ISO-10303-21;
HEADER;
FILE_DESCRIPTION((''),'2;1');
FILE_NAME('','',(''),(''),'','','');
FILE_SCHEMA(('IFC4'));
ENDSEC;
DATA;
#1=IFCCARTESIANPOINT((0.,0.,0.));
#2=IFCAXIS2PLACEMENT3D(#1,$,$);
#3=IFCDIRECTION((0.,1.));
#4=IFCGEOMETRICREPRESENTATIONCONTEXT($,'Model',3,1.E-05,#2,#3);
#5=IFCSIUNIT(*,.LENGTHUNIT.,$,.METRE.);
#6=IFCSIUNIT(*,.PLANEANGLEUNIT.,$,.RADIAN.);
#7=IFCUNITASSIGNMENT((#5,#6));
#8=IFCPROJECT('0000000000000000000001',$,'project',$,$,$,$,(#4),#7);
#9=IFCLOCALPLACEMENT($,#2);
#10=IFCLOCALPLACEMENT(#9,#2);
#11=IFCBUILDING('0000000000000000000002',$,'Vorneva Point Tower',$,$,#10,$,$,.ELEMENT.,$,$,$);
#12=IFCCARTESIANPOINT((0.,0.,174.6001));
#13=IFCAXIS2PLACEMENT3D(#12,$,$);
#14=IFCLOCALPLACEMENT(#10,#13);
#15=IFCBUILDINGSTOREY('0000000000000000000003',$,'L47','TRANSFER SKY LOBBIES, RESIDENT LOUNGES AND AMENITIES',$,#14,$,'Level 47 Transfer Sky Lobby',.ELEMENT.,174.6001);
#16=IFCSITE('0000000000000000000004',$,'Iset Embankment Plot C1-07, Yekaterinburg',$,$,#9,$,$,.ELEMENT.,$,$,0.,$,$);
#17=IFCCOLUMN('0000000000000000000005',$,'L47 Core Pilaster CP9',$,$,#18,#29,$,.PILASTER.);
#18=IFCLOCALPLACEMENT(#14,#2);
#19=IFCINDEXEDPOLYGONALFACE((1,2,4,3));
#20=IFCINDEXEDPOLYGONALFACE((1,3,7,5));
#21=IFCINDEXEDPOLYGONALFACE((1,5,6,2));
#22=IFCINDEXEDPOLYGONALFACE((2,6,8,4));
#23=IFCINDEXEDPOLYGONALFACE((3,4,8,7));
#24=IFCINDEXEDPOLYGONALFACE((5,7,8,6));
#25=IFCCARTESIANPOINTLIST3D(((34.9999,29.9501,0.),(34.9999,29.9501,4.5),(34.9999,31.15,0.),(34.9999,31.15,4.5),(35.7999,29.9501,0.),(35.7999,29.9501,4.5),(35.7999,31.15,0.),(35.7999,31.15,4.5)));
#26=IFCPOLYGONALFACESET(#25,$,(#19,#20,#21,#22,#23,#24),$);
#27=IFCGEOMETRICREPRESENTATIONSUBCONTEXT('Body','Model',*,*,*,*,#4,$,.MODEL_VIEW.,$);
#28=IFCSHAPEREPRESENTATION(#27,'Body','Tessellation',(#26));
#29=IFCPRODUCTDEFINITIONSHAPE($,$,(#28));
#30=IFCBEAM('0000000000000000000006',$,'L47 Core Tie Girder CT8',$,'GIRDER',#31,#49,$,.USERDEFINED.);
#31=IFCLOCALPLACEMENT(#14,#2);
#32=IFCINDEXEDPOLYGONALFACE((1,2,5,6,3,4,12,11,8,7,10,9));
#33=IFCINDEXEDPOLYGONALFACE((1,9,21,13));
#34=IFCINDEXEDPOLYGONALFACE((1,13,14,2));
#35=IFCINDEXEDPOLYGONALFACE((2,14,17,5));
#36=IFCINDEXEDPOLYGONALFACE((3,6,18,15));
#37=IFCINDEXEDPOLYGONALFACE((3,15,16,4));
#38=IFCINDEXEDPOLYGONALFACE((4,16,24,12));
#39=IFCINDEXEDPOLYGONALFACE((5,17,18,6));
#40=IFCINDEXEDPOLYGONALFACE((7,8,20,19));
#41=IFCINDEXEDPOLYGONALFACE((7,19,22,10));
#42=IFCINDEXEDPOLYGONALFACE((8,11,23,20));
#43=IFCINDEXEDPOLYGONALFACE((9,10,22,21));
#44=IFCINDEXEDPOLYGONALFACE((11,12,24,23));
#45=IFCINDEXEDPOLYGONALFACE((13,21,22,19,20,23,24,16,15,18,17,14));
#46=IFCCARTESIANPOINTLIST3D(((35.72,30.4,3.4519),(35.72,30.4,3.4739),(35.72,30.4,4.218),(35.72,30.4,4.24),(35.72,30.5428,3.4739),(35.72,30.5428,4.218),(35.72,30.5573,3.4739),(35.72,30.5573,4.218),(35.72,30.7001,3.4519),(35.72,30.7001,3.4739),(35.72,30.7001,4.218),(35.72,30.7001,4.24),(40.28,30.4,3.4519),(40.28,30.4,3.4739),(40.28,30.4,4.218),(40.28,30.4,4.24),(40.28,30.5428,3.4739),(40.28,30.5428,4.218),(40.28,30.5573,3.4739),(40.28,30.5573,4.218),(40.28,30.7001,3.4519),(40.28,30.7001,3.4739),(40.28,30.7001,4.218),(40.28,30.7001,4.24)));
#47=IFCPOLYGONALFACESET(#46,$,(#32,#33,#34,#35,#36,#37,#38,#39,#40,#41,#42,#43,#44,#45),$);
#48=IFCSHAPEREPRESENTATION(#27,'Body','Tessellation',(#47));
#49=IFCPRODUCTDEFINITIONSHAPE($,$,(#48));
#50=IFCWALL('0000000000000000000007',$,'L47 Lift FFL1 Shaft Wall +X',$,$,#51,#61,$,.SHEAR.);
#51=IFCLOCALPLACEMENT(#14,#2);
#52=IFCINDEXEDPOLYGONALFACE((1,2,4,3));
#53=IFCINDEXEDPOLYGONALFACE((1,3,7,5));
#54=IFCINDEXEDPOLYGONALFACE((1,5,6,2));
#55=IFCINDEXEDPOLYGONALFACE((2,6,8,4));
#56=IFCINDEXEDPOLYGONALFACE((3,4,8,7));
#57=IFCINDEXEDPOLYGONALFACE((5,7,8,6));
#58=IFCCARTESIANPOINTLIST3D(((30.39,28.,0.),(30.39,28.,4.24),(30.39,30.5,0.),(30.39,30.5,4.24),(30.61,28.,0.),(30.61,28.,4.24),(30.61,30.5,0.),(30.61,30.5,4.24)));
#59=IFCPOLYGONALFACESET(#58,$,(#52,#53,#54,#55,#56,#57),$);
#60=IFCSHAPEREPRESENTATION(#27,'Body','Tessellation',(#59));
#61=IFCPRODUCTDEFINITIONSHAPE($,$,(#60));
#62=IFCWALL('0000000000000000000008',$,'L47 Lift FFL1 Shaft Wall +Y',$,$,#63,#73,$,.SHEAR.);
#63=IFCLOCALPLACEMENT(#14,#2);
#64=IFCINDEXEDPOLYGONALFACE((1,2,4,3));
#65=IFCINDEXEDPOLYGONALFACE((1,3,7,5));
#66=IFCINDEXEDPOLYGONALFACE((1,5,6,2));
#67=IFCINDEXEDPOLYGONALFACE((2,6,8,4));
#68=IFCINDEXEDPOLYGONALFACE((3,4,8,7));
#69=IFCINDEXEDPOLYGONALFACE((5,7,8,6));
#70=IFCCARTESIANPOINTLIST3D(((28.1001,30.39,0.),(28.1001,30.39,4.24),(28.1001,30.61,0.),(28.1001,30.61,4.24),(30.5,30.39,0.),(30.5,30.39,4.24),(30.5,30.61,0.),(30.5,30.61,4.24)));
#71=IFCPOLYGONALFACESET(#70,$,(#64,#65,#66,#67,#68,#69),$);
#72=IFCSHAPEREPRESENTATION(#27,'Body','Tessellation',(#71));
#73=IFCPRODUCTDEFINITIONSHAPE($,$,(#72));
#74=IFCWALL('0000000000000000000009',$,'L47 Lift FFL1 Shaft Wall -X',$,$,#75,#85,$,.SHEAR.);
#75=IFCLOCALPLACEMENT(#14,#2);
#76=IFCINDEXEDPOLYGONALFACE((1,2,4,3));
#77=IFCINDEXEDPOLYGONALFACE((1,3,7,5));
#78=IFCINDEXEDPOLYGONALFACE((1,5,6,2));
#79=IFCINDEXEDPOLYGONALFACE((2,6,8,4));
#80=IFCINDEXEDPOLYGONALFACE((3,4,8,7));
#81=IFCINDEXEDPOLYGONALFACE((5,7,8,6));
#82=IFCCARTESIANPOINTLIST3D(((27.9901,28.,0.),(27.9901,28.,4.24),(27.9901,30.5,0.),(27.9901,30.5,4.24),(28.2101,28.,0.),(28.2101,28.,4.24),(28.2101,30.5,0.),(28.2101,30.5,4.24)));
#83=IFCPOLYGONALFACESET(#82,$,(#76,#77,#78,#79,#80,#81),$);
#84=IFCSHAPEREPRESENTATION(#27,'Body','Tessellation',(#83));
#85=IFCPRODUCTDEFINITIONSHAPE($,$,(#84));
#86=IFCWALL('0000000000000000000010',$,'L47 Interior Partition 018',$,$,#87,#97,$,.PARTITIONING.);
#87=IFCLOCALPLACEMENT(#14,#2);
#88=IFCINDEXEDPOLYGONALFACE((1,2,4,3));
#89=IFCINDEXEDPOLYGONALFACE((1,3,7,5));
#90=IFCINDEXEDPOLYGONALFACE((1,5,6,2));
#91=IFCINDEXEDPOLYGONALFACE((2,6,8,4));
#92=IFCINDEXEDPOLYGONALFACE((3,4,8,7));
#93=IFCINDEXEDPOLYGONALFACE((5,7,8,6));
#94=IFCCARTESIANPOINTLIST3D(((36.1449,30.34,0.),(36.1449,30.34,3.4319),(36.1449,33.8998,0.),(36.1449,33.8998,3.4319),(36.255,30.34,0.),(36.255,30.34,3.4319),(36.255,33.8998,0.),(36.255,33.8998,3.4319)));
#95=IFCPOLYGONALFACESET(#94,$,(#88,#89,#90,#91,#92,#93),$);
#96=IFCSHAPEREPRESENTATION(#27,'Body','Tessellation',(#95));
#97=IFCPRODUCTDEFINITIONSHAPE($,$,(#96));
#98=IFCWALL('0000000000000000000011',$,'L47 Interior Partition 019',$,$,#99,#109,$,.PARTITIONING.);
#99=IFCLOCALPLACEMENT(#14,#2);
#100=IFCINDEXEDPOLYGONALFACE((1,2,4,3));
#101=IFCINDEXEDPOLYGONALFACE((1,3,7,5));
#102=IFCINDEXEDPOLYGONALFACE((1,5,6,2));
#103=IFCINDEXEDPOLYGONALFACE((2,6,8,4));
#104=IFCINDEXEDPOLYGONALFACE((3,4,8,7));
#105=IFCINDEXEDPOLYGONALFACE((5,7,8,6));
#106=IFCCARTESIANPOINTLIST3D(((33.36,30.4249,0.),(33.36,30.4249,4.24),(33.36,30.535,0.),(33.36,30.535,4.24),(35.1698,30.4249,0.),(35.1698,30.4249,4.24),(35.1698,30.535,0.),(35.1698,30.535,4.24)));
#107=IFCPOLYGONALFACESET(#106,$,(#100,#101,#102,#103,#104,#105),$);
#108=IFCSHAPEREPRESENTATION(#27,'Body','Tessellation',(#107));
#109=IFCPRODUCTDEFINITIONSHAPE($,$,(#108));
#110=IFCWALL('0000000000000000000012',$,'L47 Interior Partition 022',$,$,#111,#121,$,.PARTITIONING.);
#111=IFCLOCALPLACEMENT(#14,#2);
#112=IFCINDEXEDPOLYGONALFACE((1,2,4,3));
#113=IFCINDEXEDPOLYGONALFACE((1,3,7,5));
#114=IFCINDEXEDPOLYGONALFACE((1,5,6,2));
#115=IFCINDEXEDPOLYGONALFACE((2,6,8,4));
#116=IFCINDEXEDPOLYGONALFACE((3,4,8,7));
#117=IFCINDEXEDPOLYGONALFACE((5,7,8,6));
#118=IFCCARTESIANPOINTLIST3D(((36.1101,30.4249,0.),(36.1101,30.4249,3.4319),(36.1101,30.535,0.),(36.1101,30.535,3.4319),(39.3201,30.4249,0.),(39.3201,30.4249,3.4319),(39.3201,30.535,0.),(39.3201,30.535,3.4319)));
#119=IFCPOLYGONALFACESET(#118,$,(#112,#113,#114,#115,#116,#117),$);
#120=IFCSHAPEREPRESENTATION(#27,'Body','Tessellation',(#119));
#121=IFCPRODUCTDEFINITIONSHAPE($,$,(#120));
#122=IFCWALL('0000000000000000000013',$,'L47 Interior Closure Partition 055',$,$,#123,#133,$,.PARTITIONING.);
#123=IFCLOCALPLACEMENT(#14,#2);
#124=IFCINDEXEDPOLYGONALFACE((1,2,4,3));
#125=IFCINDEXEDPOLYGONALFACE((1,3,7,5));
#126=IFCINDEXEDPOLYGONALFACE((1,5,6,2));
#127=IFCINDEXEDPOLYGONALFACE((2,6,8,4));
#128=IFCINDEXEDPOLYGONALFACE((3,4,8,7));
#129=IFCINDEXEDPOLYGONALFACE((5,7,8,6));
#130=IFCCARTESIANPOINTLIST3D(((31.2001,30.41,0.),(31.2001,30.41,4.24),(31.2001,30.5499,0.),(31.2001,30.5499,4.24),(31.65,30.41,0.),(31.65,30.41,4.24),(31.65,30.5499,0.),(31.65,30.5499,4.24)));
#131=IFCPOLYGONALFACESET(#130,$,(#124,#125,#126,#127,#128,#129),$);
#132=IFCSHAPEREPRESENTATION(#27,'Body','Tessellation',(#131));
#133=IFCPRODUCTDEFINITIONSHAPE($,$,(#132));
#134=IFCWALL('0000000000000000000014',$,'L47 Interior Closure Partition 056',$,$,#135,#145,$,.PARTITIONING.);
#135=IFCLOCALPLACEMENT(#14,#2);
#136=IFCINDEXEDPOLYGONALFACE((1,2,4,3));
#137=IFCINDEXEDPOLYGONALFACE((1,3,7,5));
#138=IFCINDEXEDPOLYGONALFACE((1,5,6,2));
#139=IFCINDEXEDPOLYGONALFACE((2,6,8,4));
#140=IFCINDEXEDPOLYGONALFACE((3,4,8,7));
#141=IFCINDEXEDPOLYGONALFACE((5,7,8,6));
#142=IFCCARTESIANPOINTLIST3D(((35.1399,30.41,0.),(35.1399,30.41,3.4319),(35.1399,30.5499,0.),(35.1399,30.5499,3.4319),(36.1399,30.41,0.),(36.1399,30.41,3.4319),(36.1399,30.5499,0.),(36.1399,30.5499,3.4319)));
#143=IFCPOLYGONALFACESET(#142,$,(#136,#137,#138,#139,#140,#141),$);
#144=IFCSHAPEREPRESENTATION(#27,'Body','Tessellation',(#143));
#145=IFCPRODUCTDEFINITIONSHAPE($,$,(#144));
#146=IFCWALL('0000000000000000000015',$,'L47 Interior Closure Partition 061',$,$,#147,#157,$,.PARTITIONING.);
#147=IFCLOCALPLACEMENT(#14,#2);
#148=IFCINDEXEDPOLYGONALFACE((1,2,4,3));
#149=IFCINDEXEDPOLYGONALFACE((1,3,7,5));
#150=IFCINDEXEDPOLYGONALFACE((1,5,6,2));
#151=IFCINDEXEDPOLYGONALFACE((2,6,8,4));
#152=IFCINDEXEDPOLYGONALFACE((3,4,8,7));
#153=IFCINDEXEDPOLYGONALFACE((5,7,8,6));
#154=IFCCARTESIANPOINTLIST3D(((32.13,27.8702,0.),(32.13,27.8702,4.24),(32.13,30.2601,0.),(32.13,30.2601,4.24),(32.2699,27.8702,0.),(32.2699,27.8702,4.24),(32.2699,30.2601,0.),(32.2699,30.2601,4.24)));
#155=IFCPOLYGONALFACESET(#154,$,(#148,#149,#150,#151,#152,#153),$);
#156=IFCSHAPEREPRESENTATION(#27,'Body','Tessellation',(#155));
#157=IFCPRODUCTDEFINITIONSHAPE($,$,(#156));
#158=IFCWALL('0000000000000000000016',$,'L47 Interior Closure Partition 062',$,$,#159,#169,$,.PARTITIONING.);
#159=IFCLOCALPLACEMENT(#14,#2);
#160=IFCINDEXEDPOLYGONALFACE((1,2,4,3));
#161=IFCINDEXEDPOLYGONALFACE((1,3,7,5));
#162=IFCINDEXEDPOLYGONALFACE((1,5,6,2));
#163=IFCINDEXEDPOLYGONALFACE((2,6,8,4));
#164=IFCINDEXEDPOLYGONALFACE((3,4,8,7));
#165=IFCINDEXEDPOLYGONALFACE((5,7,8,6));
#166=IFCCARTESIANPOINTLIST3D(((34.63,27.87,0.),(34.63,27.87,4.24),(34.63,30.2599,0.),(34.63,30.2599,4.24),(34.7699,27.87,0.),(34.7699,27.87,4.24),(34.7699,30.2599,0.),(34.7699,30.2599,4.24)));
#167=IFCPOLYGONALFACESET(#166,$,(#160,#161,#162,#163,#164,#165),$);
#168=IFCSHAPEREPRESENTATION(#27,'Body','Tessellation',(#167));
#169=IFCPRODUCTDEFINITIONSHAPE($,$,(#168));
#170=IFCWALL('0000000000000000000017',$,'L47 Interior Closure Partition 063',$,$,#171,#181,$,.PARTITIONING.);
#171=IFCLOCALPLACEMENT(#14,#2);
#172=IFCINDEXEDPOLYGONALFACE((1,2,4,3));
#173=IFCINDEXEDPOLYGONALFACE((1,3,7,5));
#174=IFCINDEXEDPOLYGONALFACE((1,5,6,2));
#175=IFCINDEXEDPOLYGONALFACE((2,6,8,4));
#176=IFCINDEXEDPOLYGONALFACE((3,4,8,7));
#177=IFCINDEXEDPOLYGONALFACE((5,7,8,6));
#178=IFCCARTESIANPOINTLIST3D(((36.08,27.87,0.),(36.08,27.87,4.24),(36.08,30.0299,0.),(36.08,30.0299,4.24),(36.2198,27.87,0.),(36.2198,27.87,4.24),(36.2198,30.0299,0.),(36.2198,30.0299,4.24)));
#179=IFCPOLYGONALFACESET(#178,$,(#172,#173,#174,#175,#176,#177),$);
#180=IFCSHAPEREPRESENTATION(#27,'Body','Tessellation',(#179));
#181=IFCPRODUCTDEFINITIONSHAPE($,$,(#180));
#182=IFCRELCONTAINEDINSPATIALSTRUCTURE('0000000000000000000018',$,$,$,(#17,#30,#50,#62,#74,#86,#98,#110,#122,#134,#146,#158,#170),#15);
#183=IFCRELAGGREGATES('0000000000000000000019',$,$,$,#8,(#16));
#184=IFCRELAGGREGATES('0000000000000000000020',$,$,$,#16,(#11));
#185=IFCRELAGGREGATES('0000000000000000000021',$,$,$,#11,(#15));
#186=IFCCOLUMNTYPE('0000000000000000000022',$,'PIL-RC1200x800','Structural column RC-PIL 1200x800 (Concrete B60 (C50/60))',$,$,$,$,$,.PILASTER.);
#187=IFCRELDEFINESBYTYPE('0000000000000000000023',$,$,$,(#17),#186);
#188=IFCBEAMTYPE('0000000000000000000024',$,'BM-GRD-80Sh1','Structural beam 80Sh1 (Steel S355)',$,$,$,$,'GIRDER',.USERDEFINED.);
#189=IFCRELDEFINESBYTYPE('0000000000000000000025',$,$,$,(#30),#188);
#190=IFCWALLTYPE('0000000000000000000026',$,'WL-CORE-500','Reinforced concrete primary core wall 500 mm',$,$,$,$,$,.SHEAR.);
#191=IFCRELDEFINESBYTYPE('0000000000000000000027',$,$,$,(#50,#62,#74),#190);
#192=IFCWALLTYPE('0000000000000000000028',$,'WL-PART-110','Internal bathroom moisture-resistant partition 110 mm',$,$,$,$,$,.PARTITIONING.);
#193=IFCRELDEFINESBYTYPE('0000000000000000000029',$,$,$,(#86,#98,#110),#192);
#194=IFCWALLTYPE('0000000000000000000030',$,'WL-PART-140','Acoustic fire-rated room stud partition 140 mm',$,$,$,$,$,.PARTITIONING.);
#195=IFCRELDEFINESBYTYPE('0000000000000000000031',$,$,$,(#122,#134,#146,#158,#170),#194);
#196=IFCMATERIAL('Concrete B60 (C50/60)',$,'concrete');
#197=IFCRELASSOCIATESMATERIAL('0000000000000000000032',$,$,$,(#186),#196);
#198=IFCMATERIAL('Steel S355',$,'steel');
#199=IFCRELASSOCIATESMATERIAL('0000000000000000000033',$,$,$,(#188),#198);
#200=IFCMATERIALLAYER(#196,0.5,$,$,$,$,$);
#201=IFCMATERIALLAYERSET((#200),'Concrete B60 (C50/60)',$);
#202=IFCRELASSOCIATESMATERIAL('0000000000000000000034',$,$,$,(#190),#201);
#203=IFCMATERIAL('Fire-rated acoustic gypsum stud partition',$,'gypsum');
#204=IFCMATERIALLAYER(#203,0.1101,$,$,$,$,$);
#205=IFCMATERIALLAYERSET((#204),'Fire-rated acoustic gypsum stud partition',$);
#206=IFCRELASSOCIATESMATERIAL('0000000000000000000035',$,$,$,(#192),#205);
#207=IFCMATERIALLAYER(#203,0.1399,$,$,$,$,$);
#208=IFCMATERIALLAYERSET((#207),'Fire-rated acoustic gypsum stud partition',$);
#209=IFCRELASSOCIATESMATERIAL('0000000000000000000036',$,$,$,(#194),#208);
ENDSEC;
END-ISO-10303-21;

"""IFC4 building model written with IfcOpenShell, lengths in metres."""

from ifc_helpers import new_model, si_unit, direction, frame, frame_2d, origin, origin_2d, place, context, subcontext, project, spatial, rectangle, i_section, extrude, material, layer, layer_set, material_profile, profile_set, type_object, element, save


model = new_model("IFC4")

# Units and contexts
model_context = context("Model", 3, precision=1e-05, world=origin(), true_north=direction((0.0, 1.0)))
body_context = subcontext(model_context, "Body", "Model", "MODEL_VIEW")
ifc_project = project(units=[si_unit("LENGTHUNIT", "METRE"), si_unit("PLANEANGLEUNIT", "RADIAN")], contexts=[model_context])

# Site, building, storey
site_placement = place(None, origin())
site = spatial("IfcSite", under=ifc_project, at=site_placement, Name="Iset Embankment Plot C1-07, Yekaterinburg", CompositionType="ELEMENT", RefElevation=0.0)
building_placement = place(site_placement, origin())
building = spatial("IfcBuilding", under=site, at=building_placement, Name="Vorneva Point Tower", CompositionType="ELEMENT")
storey_placement = place(building_placement, frame((0.0, 0.0, 174.6001)))
storey = spatial("IfcBuildingStorey", under=building, at=storey_placement, Name="L47", Description="TRANSFER SKY LOBBIES, RESIDENT LOUNGES AND AMENITIES", LongName="Level 47 Transfer Sky Lobby", CompositionType="ELEMENT", Elevation=174.6001)

# Column
ifc_material_1 = material(Name="Concrete B60 (C50/60)", Category="concrete")
ifc_material_profile_1 = material_profile(ifc_material_1, rectangle(XDim=0.8, YDim=1.2, at=origin_2d()), Name="RC-PIL 1200x800")
ifc_profile_set_1 = profile_set([ifc_material_profile_1], Name="Concrete B60 (C50/60)")
column_type = type_object("IfcColumnType", Name="PIL-RC1200x800", Description="Structural column RC-PIL 1200x800 (Concrete B60 (C50/60))", PredefinedType="PILASTER", material=ifc_profile_set_1)
column_placement = place(storey_placement, frame((35.3999, 30.55, 0.0), z_axis=(0.0, 0.0, 1.0), x_axis=(1.0, 0.0, 0.0)))
element("IfcColumn", 1, at=column_placement, inside=storey, type_object=column_type, Name="L47 Core Pilaster CP9", PredefinedType="PILASTER", context=body_context, shape_type="SweptSolid", body=[
    extrude(rectangle(XDim=0.8, YDim=1.2, at=origin_2d()), origin(), (0.0, 0.0, 1.0), 4.5),
])

# Beam
ifc_material_2 = material(Name="Steel S355", Category="steel")
ifc_material_profile_2 = material_profile(ifc_material_2, i_section(OverallWidth=0.3, OverallDepth=0.7881, WebThickness=0.0144, FlangeThickness=0.022, at=origin_2d()), Name="80Sh1")
ifc_profile_set_2 = profile_set([ifc_material_profile_2], Name="Steel S355")
beam_type = type_object("IfcBeamType", Name="BM-GRD-80Sh1", Description="Structural beam 80Sh1 (Steel S355)", ElementType="GIRDER", PredefinedType="USERDEFINED", material=ifc_profile_set_2)
beam_placement = place(storey_placement, frame((35.72, 30.55, 3.8459), z_axis=(1.0, 0.0, 0.0), x_axis=(0.0, 1.0, 0.0)))
element("IfcBeam", 2, at=beam_placement, inside=storey, type_object=beam_type, Name="L47 Core Tie Girder CT8", ObjectType="GIRDER", PredefinedType="USERDEFINED", context=body_context, shape_type="SweptSolid", body=[
    extrude(i_section(OverallWidth=0.3, OverallDepth=0.7881, WebThickness=0.0144, FlangeThickness=0.022, at=origin_2d()), origin(), (0.0, 0.0, 1.0), 4.5601),
])

# Walls
ifc_layer_1 = layer(ifc_material_1, 0.5)
ifc_layer_set_1 = layer_set([ifc_layer_1], Name="Concrete B60 (C50/60)")
wall_type_1 = type_object("IfcWallType", Name="WL-CORE-500", Description="Reinforced concrete primary core wall 500 mm", PredefinedType="SHEAR", material=ifc_layer_set_1)
wall_1_placement = place(storey_placement, frame((30.5, 28.0, 0.0), z_axis=(0.0, 0.0, 1.0), x_axis=(0.0, 1.0, 0.0)))
element("IfcWall", 3, at=wall_1_placement, inside=storey, type_object=wall_type_1, Name="L47 Lift FFL1 Shaft Wall +X", PredefinedType="SHEAR", context=body_context, shape_type="SweptSolid", body=[
    extrude(rectangle(XDim=2.5, YDim=0.22, at=frame_2d((1.25, 0.0))), origin(), (0.0, 0.0, 1.0), 4.24),
])
wall_2_placement = place(storey_placement, frame((30.5, 30.5, 0.0), z_axis=(0.0, 0.0, 1.0), x_axis=(-1.0, 0.0, 0.0)))
element("IfcWall", 4, at=wall_2_placement, inside=storey, type_object=wall_type_1, Name="L47 Lift FFL1 Shaft Wall +Y", PredefinedType="SHEAR", context=body_context, shape_type="SweptSolid", body=[
    extrude(rectangle(XDim=2.3999, YDim=0.22, at=frame_2d((1.2, 0.0))), origin(), (0.0, 0.0, 1.0), 4.24),
])
wall_3_placement = place(storey_placement, frame((28.1001, 30.5, 0.0), z_axis=(0.0, 0.0, 1.0), x_axis=(0.0, -1.0, 0.0)))
element("IfcWall", 5, at=wall_3_placement, inside=storey, type_object=wall_type_1, Name="L47 Lift FFL1 Shaft Wall -X", PredefinedType="SHEAR", context=body_context, shape_type="SweptSolid", body=[
    extrude(rectangle(XDim=2.5, YDim=0.22, at=frame_2d((1.25, 0.0))), origin(), (0.0, 0.0, 1.0), 4.24),
])
ifc_material_3 = material(Name="Fire-rated acoustic gypsum stud partition", Category="gypsum")
ifc_layer_2 = layer(ifc_material_3, 0.1101)
ifc_layer_set_2 = layer_set([ifc_layer_2], Name="Fire-rated acoustic gypsum stud partition")
wall_type_2 = type_object("IfcWallType", Name="WL-PART-110", Description="Internal bathroom moisture-resistant partition 110 mm", PredefinedType="PARTITIONING", material=ifc_layer_set_2)
wall_4_placement = place(storey_placement, frame((36.2, 30.3401, 0.0), z_axis=(0.0, 0.0, 1.0), x_axis=(0.0, 1.0, 0.0)))
element("IfcWall", 6, at=wall_4_placement, inside=storey, type_object=wall_type_2, Name="L47 Interior Partition 018", PredefinedType="PARTITIONING", context=body_context, shape_type="SweptSolid", body=[
    extrude(rectangle(XDim=3.5598, YDim=0.1101, at=frame_2d((1.7798, 0.0))), origin(), (0.0, 0.0, 1.0), 3.4319),
])
wall_5_placement = place(storey_placement, frame((33.3601, 30.48, 0.0), z_axis=(0.0, 0.0, 1.0), x_axis=(1.0, 0.0, 0.0)))
element("IfcWall", 7, at=wall_5_placement, inside=storey, type_object=wall_type_2, Name="L47 Interior Partition 019", PredefinedType="PARTITIONING", context=body_context, shape_type="SweptSolid", body=[
    extrude(rectangle(XDim=1.8098, YDim=0.1101, at=frame_2d((0.9048, 0.0))), origin(), (0.0, 0.0, 1.0), 4.24),
])
wall_6_placement = place(storey_placement, frame((36.1101, 30.48, 0.0), z_axis=(0.0, 0.0, 1.0), x_axis=(1.0, 0.0, 0.0)))
element("IfcWall", 8, at=wall_6_placement, inside=storey, type_object=wall_type_2, Name="L47 Interior Partition 022", PredefinedType="PARTITIONING", context=body_context, shape_type="SweptSolid", body=[
    extrude(rectangle(XDim=3.21, YDim=0.1101, at=frame_2d((1.605, 0.0))), origin(), (0.0, 0.0, 1.0), 3.4319),
])
ifc_layer_3 = layer(ifc_material_3, 0.1399)
ifc_layer_set_3 = layer_set([ifc_layer_3], Name="Fire-rated acoustic gypsum stud partition")
wall_type_3 = type_object("IfcWallType", Name="WL-PART-140", Description="Acoustic fire-rated room stud partition 140 mm", PredefinedType="PARTITIONING", material=ifc_layer_set_3)
wall_7_placement = place(storey_placement, frame((31.2, 30.48, 0.0), z_axis=(0.0, 0.0, 1.0), x_axis=(1.0, 0.0, 0.0)))
element("IfcWall", 9, at=wall_7_placement, inside=storey, type_object=wall_type_3, Name="L47 Interior Closure Partition 055", PredefinedType="PARTITIONING", context=body_context, shape_type="SweptSolid", body=[
    extrude(rectangle(XDim=0.45, YDim=0.1399, at=frame_2d((0.2251, 0.0))), origin(), (0.0, 0.0, 1.0), 4.24),
])
wall_8_placement = place(storey_placement, frame((35.1399, 30.48, 0.0), z_axis=(0.0, 0.0, 1.0), x_axis=(1.0, 0.0, 0.0)))
element("IfcWall", 10, at=wall_8_placement, inside=storey, type_object=wall_type_3, Name="L47 Interior Closure Partition 056", PredefinedType="PARTITIONING", context=body_context, shape_type="SweptSolid", body=[
    extrude(rectangle(XDim=1.0, YDim=0.1399, at=frame_2d((0.5, 0.0))), origin(), (0.0, 0.0, 1.0), 3.4319),
])
for number, where, z_axis, x_axis, name in (
    (11, (32.2, 30.26, 0.0), (0.0, 0.0, 1.0), (0.0, -1.0, 0.0), "L47 Interior Closure Partition 061"),
    (12, (34.7, 27.8701, 0.0), (0.0, 0.0, 1.0), (0.0, 1.0, 0.0), "L47 Interior Closure Partition 062"),
):
    element("IfcWall", number, at=place(storey_placement, frame(where, z_axis=z_axis, x_axis=x_axis)), inside=storey, type_object=wall_type_3, Name=name, PredefinedType="PARTITIONING", context=body_context, shape_type="SweptSolid", body=[
        extrude(rectangle(XDim=2.3899, YDim=0.1399, at=frame_2d((1.1948, 0.0))), origin(), (0.0, 0.0, 1.0), 4.24),
    ])
wall_9_placement = place(storey_placement, frame((36.1499, 30.03, 0.0), z_axis=(0.0, 0.0, 1.0), x_axis=(0.0, -1.0, 0.0)))
element("IfcWall", 13, at=wall_9_placement, inside=storey, type_object=wall_type_3, Name="L47 Interior Closure Partition 063", PredefinedType="PARTITIONING", context=body_context, shape_type="SweptSolid", body=[
    extrude(rectangle(XDim=2.1599, YDim=0.1399, at=frame_2d((1.0801, 0.0))), origin(), (0.0, 0.0, 1.0), 4.24),
])

save(model, "model.ifc")
